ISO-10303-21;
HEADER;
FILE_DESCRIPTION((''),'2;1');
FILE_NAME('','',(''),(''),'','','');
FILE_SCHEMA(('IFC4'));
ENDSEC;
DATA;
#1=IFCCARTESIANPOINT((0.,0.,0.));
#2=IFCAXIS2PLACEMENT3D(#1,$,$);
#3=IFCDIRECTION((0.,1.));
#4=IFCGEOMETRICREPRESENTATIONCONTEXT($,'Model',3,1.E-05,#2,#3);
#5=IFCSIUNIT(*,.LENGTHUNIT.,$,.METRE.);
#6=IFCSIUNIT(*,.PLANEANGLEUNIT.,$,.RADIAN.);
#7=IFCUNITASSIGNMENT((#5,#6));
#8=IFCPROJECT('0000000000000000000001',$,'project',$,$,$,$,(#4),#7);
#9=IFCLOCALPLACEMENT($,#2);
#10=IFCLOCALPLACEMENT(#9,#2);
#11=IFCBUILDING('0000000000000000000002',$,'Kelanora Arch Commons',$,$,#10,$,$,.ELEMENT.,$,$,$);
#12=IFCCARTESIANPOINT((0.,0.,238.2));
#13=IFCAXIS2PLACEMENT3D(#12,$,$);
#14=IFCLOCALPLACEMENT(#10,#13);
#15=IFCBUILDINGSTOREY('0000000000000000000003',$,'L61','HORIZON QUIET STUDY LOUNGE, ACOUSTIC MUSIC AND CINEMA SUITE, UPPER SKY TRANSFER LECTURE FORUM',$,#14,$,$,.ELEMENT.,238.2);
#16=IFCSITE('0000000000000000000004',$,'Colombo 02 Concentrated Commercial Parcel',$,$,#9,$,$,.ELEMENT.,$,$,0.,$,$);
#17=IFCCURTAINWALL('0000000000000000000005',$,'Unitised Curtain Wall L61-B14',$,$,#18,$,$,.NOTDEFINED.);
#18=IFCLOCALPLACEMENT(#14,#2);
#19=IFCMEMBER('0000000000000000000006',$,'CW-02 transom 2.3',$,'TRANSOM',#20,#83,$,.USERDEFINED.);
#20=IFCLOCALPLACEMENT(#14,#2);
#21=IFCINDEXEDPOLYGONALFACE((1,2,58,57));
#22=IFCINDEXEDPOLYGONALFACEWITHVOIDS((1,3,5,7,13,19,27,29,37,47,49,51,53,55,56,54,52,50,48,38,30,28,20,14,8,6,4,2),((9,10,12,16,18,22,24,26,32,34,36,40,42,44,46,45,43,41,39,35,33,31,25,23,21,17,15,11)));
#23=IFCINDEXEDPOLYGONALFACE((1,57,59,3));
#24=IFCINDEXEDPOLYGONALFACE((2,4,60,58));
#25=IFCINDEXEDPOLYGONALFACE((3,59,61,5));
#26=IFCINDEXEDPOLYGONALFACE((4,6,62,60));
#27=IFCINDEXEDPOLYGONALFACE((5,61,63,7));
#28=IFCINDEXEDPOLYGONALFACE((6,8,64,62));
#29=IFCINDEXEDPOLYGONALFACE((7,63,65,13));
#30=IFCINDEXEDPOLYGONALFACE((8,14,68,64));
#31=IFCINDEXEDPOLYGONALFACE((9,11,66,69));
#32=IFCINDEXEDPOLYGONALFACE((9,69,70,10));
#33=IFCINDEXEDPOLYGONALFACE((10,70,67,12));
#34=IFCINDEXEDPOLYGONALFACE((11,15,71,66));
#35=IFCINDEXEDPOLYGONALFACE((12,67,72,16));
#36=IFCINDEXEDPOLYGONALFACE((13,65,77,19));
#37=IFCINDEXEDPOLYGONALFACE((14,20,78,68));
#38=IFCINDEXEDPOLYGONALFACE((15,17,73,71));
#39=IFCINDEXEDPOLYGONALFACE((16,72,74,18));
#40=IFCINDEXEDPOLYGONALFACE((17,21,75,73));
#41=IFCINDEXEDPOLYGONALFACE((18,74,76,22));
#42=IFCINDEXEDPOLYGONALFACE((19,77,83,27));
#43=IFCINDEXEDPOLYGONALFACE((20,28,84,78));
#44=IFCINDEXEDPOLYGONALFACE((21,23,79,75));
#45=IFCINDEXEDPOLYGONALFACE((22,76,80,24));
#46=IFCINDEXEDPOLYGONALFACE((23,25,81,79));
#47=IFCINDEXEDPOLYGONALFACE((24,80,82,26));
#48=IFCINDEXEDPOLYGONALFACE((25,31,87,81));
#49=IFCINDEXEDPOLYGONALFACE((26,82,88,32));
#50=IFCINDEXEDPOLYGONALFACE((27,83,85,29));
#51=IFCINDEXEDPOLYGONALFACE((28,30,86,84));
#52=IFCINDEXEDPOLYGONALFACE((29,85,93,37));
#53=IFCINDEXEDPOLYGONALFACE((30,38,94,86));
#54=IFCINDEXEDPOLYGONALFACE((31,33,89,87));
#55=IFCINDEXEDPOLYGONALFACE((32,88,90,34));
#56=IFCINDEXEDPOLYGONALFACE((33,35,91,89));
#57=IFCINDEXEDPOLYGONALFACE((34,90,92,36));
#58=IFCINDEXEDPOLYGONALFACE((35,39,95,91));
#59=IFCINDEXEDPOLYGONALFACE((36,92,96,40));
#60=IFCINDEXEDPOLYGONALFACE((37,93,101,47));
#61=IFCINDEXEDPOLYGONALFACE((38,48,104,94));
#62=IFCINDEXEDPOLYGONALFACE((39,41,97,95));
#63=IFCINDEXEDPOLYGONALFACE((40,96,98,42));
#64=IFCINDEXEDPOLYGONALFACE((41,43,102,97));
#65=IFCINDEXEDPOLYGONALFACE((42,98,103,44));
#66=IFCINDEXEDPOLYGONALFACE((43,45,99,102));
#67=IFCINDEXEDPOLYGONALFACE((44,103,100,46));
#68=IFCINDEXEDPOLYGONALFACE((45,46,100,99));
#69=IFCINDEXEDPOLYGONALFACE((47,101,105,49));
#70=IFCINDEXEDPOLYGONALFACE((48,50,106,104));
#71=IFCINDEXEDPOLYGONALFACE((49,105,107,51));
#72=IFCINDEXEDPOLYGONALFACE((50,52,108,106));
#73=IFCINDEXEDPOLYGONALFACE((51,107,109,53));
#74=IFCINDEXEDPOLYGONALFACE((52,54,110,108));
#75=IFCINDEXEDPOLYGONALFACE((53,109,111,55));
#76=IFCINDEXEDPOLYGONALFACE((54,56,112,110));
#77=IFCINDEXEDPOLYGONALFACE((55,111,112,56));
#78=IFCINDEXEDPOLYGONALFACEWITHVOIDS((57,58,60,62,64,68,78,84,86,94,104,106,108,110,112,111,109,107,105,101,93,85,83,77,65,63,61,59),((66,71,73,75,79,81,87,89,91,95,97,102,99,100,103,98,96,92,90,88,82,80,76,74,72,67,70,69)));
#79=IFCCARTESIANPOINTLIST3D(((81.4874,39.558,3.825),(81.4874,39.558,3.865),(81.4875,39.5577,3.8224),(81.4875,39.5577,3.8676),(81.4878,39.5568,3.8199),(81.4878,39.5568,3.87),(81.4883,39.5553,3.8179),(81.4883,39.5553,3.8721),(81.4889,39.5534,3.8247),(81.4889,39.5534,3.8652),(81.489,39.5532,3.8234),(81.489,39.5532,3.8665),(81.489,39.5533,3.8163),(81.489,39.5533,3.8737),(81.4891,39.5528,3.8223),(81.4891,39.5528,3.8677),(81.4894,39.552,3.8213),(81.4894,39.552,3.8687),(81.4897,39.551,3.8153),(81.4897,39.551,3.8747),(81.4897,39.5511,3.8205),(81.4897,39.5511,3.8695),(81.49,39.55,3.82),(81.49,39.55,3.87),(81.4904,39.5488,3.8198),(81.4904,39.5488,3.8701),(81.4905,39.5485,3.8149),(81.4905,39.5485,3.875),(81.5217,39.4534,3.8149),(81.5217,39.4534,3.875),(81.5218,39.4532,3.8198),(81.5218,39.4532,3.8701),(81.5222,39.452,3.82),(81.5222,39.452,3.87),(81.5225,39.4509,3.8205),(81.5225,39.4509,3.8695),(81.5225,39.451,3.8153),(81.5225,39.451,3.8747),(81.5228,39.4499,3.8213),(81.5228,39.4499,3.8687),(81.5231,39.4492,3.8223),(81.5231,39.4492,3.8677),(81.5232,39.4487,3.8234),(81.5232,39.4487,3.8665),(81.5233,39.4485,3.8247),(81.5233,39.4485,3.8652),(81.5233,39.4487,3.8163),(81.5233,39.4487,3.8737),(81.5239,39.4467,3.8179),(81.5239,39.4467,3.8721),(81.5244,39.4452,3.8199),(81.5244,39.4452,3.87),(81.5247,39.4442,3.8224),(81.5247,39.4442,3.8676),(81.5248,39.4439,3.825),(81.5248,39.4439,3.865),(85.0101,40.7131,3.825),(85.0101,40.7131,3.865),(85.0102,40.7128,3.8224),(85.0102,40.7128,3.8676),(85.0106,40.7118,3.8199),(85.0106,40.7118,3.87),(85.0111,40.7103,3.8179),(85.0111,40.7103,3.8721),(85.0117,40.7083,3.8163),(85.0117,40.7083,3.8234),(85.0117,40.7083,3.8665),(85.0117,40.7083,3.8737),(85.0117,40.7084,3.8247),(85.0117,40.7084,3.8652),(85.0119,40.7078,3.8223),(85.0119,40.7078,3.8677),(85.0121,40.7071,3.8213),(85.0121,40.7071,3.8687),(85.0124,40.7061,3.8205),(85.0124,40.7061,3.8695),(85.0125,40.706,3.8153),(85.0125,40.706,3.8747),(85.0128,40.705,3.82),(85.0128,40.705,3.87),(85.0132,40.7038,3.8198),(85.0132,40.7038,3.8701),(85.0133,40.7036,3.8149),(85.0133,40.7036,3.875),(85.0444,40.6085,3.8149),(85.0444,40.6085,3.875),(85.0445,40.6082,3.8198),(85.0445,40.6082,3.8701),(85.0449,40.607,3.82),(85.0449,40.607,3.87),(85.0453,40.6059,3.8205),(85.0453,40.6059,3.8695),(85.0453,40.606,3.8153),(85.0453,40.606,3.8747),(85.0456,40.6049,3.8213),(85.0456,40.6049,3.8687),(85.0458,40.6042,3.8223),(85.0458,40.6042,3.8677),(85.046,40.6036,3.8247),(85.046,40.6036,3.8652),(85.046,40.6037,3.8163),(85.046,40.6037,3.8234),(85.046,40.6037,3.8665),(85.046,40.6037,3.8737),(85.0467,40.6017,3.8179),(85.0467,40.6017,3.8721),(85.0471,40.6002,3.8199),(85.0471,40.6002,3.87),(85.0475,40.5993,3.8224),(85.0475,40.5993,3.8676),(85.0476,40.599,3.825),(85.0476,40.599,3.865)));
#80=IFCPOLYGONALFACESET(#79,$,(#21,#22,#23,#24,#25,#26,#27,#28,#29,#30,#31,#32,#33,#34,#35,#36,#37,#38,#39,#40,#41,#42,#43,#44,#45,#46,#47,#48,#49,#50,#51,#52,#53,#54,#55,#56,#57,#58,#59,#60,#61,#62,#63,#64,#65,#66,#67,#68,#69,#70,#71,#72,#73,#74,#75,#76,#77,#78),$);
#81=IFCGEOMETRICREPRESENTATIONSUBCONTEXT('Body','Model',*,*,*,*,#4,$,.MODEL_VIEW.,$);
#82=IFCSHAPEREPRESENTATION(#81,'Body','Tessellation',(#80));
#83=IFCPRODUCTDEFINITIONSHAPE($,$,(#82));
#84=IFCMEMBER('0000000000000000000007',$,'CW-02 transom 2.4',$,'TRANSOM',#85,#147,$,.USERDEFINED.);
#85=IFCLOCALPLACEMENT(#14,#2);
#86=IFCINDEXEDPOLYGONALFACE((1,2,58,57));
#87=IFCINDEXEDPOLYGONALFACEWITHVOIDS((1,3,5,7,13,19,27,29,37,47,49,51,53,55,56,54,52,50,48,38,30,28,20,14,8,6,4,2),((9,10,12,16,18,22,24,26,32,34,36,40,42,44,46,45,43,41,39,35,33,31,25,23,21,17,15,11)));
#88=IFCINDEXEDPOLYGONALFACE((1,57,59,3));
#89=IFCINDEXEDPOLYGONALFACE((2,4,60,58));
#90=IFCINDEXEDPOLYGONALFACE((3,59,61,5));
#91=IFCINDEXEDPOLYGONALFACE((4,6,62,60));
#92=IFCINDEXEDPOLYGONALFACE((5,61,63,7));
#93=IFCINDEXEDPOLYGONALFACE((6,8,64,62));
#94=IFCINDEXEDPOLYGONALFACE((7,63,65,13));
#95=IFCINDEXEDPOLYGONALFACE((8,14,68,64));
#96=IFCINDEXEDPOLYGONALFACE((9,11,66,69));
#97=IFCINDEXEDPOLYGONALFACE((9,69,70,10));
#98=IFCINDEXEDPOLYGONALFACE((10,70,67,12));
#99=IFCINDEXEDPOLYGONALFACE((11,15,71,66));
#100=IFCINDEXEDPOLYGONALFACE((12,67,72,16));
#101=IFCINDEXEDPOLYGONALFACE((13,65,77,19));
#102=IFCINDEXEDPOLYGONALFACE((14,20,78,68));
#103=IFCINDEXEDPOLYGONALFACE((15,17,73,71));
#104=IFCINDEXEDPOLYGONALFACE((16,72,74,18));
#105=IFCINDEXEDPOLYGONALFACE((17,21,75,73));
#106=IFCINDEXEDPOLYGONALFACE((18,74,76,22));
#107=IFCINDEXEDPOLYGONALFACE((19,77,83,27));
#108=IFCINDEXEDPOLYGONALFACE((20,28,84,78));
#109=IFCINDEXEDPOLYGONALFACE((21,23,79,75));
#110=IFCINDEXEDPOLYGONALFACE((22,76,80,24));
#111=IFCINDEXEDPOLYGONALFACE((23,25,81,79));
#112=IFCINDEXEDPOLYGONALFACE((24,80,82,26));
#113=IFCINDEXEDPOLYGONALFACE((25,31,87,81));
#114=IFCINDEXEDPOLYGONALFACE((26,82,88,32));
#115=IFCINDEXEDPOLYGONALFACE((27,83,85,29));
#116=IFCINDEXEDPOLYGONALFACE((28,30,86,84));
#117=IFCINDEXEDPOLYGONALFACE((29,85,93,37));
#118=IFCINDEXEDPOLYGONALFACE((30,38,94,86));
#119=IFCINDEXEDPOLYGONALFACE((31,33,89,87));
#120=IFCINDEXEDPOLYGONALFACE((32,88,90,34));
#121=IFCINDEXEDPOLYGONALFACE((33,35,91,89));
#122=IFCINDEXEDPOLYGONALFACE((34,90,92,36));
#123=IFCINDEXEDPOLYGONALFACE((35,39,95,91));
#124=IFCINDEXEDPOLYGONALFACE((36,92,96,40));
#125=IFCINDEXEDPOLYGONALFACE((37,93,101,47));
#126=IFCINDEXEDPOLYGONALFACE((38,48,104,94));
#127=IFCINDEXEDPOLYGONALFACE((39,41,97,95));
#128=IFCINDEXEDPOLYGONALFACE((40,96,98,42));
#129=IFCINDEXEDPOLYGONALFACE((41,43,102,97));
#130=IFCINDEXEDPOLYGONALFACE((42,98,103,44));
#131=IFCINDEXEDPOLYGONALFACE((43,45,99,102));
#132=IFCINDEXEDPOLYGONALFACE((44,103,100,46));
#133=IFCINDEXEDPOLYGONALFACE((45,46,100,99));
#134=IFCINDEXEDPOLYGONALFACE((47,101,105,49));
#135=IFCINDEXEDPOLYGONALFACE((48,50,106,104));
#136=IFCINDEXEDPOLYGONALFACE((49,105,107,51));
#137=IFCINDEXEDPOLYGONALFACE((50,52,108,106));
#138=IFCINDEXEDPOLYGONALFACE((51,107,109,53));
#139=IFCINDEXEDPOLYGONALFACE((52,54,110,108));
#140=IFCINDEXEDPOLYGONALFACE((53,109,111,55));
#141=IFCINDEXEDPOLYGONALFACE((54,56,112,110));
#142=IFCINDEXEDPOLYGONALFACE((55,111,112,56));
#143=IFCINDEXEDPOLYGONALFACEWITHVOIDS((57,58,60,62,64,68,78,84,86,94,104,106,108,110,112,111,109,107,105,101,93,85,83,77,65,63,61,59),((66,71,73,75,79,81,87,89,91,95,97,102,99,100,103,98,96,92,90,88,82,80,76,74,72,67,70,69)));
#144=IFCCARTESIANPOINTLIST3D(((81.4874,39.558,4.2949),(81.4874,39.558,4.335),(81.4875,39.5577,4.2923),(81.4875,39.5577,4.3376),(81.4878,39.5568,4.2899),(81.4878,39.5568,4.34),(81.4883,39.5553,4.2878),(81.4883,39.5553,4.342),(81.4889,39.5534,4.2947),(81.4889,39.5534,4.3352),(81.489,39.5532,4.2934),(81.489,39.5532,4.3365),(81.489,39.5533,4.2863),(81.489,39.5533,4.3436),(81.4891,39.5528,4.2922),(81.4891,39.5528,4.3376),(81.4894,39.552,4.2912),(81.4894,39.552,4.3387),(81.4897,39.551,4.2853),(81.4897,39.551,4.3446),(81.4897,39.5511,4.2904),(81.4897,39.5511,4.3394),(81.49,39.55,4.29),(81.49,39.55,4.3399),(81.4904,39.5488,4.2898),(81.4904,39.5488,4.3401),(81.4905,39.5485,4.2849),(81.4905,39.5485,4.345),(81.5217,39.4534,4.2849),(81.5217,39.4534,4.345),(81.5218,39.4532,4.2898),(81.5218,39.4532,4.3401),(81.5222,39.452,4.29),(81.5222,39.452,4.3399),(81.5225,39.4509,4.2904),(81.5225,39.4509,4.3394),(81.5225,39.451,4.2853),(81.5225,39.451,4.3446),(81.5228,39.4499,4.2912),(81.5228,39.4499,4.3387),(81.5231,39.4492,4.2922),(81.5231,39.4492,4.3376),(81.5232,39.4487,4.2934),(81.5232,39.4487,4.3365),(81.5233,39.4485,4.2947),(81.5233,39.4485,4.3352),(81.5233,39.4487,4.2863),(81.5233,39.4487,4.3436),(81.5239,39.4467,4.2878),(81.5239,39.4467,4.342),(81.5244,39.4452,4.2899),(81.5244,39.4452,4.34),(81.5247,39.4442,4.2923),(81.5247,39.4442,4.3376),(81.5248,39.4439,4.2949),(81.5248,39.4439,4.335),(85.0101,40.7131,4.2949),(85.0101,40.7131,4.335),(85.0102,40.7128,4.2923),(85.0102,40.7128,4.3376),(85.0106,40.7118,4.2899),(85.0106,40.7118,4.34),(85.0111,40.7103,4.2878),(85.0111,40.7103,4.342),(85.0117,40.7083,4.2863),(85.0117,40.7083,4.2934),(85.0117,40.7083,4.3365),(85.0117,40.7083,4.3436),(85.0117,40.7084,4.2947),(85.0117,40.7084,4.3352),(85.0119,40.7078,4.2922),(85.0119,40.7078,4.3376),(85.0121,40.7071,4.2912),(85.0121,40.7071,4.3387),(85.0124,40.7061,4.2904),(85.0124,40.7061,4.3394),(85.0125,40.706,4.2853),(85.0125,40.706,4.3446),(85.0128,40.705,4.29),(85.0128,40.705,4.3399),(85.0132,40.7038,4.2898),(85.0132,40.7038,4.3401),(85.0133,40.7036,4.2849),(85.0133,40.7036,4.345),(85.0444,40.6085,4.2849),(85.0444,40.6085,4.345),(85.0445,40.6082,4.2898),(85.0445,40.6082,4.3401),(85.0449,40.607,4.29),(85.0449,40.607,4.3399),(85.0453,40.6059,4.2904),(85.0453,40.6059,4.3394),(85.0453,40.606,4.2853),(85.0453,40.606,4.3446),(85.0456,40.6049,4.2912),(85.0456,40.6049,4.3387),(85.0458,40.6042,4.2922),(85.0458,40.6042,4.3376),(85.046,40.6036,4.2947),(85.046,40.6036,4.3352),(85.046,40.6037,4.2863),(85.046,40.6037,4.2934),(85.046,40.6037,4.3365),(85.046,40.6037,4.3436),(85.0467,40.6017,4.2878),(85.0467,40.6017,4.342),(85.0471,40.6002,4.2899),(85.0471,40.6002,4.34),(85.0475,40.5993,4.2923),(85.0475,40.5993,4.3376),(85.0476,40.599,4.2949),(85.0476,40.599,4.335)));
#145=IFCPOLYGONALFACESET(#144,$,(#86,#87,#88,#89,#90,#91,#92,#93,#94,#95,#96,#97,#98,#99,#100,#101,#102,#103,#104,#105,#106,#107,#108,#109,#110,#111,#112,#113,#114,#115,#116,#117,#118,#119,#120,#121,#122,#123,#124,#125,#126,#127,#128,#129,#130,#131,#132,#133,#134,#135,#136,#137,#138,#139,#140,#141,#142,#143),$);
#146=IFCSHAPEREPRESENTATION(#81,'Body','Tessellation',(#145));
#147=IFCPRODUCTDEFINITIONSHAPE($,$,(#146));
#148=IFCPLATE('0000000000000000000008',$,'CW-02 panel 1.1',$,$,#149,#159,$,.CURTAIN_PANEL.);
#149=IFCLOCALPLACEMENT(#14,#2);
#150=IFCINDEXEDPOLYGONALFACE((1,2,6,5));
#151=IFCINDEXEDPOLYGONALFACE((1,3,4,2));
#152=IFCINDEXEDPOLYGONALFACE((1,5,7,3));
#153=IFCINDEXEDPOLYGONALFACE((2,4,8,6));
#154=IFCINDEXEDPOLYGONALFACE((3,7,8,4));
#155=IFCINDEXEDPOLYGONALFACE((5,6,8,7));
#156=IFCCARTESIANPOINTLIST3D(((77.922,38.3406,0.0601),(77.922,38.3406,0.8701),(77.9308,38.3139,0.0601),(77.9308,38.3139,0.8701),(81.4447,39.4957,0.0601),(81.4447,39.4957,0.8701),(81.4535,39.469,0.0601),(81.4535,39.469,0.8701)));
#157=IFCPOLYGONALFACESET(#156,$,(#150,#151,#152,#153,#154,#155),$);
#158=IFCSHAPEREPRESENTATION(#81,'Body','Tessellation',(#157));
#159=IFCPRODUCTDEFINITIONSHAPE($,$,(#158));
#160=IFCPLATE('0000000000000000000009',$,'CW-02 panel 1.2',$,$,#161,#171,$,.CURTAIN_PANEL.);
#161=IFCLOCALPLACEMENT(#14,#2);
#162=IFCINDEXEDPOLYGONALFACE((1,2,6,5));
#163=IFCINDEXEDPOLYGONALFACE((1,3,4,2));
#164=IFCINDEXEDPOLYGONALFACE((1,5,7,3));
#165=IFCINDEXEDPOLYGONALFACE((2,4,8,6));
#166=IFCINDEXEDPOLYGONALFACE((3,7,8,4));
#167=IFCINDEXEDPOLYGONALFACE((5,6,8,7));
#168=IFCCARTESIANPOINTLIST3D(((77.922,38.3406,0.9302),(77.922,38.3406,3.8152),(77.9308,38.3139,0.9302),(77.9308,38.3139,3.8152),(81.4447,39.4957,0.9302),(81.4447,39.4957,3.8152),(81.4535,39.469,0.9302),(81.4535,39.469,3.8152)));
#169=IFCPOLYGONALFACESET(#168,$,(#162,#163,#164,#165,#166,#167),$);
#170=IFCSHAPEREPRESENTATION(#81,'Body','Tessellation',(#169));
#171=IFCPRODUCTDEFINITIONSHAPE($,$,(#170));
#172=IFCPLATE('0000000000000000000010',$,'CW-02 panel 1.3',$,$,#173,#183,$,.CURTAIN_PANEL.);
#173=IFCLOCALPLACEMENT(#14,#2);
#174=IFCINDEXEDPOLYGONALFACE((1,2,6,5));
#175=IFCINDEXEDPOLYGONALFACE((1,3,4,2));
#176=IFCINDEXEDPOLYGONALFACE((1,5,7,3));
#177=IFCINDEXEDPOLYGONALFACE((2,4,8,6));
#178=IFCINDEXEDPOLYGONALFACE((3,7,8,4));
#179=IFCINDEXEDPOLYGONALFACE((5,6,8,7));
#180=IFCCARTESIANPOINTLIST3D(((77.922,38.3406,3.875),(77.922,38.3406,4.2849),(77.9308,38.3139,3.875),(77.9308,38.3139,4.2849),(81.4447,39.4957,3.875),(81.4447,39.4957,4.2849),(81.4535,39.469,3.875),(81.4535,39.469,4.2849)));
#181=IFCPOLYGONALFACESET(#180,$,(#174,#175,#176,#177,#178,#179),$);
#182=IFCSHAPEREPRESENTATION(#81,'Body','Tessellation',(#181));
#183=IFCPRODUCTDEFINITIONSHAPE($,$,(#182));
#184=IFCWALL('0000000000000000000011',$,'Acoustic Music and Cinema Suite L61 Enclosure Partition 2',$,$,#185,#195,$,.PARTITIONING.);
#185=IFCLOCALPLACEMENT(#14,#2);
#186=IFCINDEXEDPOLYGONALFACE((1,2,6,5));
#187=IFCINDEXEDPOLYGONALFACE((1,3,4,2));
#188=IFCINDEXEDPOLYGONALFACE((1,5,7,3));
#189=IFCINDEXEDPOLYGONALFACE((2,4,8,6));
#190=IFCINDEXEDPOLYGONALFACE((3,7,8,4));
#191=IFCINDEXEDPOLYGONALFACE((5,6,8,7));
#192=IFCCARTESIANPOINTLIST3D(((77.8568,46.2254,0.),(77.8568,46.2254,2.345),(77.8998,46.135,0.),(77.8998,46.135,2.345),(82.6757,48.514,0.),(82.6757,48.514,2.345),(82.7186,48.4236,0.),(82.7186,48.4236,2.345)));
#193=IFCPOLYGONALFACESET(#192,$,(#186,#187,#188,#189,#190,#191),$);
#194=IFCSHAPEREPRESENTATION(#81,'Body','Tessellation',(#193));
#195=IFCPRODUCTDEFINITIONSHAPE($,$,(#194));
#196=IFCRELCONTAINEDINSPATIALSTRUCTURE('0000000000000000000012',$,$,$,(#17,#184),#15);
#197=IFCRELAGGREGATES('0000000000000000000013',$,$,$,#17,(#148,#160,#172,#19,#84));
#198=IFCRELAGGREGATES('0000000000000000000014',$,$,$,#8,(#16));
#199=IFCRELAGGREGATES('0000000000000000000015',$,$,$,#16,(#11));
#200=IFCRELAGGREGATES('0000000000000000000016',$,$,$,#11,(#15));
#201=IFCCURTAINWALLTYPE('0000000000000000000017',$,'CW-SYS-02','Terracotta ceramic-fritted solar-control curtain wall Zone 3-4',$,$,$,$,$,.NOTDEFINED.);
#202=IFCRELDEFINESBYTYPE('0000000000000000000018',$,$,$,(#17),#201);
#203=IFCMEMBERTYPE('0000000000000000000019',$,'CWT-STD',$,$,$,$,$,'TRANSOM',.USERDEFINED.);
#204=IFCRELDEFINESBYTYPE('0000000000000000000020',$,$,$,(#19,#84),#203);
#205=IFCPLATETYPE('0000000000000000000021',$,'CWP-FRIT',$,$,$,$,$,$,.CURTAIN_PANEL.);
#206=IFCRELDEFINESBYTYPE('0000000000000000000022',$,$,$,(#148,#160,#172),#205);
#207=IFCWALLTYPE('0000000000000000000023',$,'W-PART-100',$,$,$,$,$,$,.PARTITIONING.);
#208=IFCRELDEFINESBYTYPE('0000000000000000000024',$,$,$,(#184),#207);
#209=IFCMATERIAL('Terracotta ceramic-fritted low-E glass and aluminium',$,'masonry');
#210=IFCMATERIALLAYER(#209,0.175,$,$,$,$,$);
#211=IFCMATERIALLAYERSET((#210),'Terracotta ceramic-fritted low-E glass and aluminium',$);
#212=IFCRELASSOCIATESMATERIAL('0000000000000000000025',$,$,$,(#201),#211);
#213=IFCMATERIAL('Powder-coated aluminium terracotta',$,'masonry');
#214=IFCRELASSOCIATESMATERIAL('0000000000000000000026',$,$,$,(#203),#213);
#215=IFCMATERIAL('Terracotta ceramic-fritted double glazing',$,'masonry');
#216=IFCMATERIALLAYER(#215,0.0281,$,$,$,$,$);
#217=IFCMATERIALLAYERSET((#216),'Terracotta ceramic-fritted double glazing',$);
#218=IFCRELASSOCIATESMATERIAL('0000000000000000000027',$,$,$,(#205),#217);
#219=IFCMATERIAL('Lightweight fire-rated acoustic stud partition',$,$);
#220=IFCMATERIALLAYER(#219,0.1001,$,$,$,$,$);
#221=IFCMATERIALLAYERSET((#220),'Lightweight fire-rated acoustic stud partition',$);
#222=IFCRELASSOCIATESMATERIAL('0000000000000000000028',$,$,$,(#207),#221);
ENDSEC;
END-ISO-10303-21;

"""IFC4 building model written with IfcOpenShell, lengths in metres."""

from ifc_helpers import new_model, si_unit, direction, frame, frame_2d, origin, origin_2d, place, context, subcontext, project, spatial, rectangle, hollow_rectangle, extrude, source, transform, mapped, material, layer, layer_set, material_profile, profile_set, type_object, element, aggregate, save


model = new_model("IFC4")

# Units and contexts
model_context = context("Model", 3, precision=1e-05, world=origin(), true_north=direction((0.0, 1.0)))
body_context = subcontext(model_context, "Body", "Model", "MODEL_VIEW")
ifc_project = project(units=[si_unit("LENGTHUNIT", "METRE"), si_unit("PLANEANGLEUNIT", "RADIAN")], contexts=[model_context])

# Site, building, storey
site_placement = place(None, origin())
site = spatial("IfcSite", under=ifc_project, at=site_placement, Name="Colombo 02 Concentrated Commercial Parcel", CompositionType="ELEMENT", RefElevation=0.0)
building_placement = place(site_placement, origin())
building = spatial("IfcBuilding", under=site, at=building_placement, Name="Kelanora Arch Commons", CompositionType="ELEMENT")
storey_placement = place(building_placement, frame((0.0, 0.0, 238.2)))
storey = spatial("IfcBuildingStorey", under=building, at=storey_placement, Name="L61", Description="HORIZON QUIET STUDY LOUNGE, ACOUSTIC MUSIC AND CINEMA SUITE, UPPER SKY TRANSFER LECTURE FORUM", CompositionType="ELEMENT", Elevation=238.2)

# Curtain wall, members, plates
ifc_material_1 = material(Name="Terracotta ceramic-fritted low-E glass and aluminium", Category="masonry")
ifc_layer_1 = layer(ifc_material_1, 0.175)
ifc_layer_set_1 = layer_set([ifc_layer_1], Name="Terracotta ceramic-fritted low-E glass and aluminium")
curtain_wall_type = type_object("IfcCurtainWallType", Name="CW-SYS-02", Description="Terracotta ceramic-fritted solar-control curtain wall Zone 3-4", PredefinedType="NOTDEFINED", material=ifc_layer_set_1)
curtain_wall_placement = place(storey_placement, origin())
curtain_wall = element("IfcCurtainWall", 1, at=curtain_wall_placement, inside=storey, type_object=curtain_wall_type, Name="Unitised Curtain Wall L61-B14", PredefinedType="NOTDEFINED")
ifc_material_2 = material(Name="Powder-coated aluminium terracotta", Category="masonry")
ifc_material_profile_1 = material_profile(ifc_material_2, hollow_rectangle(XDim=0.1201, YDim=0.0601, WallThickness=0.0049, InnerFilletRadius=0.0049, OuterFilletRadius=0.01, at=origin_2d()), Name="CWT120x60")
ifc_profile_set_1 = profile_set([ifc_material_profile_1], Name="Powder-coated aluminium terracotta")
member_type_1 = type_object("IfcMemberType", Name="CWT-STD", ElementType="TRANSOM", PredefinedType="USERDEFINED", material=ifc_profile_set_1)
member_1_placement = place(storey_placement, frame((81.5061, 39.501, 3.845), z_axis=(0.950226, 0.311561, 0.0), x_axis=(-0.311561, 0.950226, 0.0)))
member_1 = element("IfcMember", 2, at=member_1_placement, type_object=member_type_1, Name="CW-02 transom 2.3", ObjectType="TRANSOM", PredefinedType="USERDEFINED", context=body_context, shape_type="SweptSolid", body=[
    extrude(hollow_rectangle(XDim=0.1201, YDim=0.0601, WallThickness=0.0049, InnerFilletRadius=0.0049, OuterFilletRadius=0.01, at=origin_2d()), origin(), (0.0, 0.0, 1.0), 3.7073),
])
member_2_placement = place(storey_placement, frame((81.5061, 39.501, 4.3149), z_axis=(0.950226, 0.311561, 0.0), x_axis=(-0.311561, 0.950226, 0.0)))
member_2 = element("IfcMember", 3, at=member_2_placement, type_object=member_type_1, Name="CW-02 transom 2.4", ObjectType="TRANSOM", PredefinedType="USERDEFINED", context=body_context, shape_type="SweptSolid", body=[
    extrude(hollow_rectangle(XDim=0.1201, YDim=0.0601, WallThickness=0.0049, InnerFilletRadius=0.0049, OuterFilletRadius=0.01, at=origin_2d()), origin(), (0.0, 0.0, 1.0), 3.7073),
])
ifc_material_3 = material(Name="Terracotta ceramic-fritted double glazing", Category="masonry")
ifc_layer_2 = layer(ifc_material_3, 0.0281)
ifc_layer_set_2 = layer_set([ifc_layer_2], Name="Terracotta ceramic-fritted double glazing")
plate_type = type_object("IfcPlateType", Name="CWP-FRIT", PredefinedType="CURTAIN_PANEL", material=ifc_layer_set_2)
shared_shape_1 = source(origin(), body_context, "Body", "SweptSolid", [
    extrude(rectangle(XDim=3.7073, YDim=0.0281, at=origin_2d()), origin(), (0.0, 0.0, 1.0), 0.8101),
])
plate_1_placement = place(storey_placement, frame((79.6877, 38.9048, 0.0601), z_axis=(0.0, 0.0, 1.0), x_axis=(0.950219, 0.311582, 0.0)))
plate_1 = element("IfcPlate", 4, at=plate_1_placement, type_object=plate_type, Name="CW-02 panel 1.1", PredefinedType="CURTAIN_PANEL", context=body_context, shape_type="MappedRepresentation", body=[
    mapped(shared_shape_1, transform((0.0, 0.0, 0.0), scale=1.0)),
])
shared_shape_2 = source(origin(), body_context, "Body", "SweptSolid", [
    extrude(rectangle(XDim=3.7073, YDim=0.0281, at=origin_2d()), origin(), (0.0, 0.0, 1.0), 2.885),
])
plate_2_placement = place(storey_placement, frame((79.6877, 38.9048, 0.9302), z_axis=(0.0, 0.0, 1.0), x_axis=(0.950219, 0.311582, 0.0)))
plate_2 = element("IfcPlate", 5, at=plate_2_placement, type_object=plate_type, Name="CW-02 panel 1.2", PredefinedType="CURTAIN_PANEL", context=body_context, shape_type="MappedRepresentation", body=[
    mapped(shared_shape_2, transform((0.0, 0.0, 0.0), scale=1.0)),
])
shared_shape_3 = source(origin(), body_context, "Body", "SweptSolid", [
    extrude(rectangle(XDim=3.7073, YDim=0.0281, at=origin_2d()), origin(), (0.0, 0.0, 1.0), 0.4099),
])
plate_3_placement = place(storey_placement, frame((79.6877, 38.9048, 3.875), z_axis=(0.0, 0.0, 1.0), x_axis=(0.950219, 0.311582, 0.0)))
plate_3 = element("IfcPlate", 6, at=plate_3_placement, type_object=plate_type, Name="CW-02 panel 1.3", PredefinedType="CURTAIN_PANEL", context=body_context, shape_type="MappedRepresentation", body=[
    mapped(shared_shape_3, transform((0.0, 0.0, 0.0), scale=1.0)),
])
aggregate(curtain_wall, [plate_1, plate_2, plate_3, member_1, member_2])

# Wall
ifc_material_4 = material(Name="Lightweight fire-rated acoustic stud partition")
ifc_layer_3 = layer(ifc_material_4, 0.1001)
ifc_layer_set_3 = layer_set([ifc_layer_3], Name="Lightweight fire-rated acoustic stud partition")
wall_type = type_object("IfcWallType", Name="W-PART-100", PredefinedType="PARTITIONING", material=ifc_layer_set_3)
wall_placement = place(storey_placement, frame((77.8782, 46.1802, 0.0), z_axis=(0.0, 0.0, 1.0), x_axis=(0.903305, 0.428999, 0.0)))
element("IfcWall", 7, at=wall_placement, inside=storey, type_object=wall_type, Name="Acoustic Music and Cinema Suite L61 Enclosure Partition 2", PredefinedType="PARTITIONING", context=body_context, shape_type="SweptSolid", body=[
    extrude(rectangle(XDim=5.3347, YDim=0.1001, at=frame_2d((2.6675, 0.0))), origin(), (0.0, 0.0, 1.0), 2.345),
])

save(model, "model.ifc")
